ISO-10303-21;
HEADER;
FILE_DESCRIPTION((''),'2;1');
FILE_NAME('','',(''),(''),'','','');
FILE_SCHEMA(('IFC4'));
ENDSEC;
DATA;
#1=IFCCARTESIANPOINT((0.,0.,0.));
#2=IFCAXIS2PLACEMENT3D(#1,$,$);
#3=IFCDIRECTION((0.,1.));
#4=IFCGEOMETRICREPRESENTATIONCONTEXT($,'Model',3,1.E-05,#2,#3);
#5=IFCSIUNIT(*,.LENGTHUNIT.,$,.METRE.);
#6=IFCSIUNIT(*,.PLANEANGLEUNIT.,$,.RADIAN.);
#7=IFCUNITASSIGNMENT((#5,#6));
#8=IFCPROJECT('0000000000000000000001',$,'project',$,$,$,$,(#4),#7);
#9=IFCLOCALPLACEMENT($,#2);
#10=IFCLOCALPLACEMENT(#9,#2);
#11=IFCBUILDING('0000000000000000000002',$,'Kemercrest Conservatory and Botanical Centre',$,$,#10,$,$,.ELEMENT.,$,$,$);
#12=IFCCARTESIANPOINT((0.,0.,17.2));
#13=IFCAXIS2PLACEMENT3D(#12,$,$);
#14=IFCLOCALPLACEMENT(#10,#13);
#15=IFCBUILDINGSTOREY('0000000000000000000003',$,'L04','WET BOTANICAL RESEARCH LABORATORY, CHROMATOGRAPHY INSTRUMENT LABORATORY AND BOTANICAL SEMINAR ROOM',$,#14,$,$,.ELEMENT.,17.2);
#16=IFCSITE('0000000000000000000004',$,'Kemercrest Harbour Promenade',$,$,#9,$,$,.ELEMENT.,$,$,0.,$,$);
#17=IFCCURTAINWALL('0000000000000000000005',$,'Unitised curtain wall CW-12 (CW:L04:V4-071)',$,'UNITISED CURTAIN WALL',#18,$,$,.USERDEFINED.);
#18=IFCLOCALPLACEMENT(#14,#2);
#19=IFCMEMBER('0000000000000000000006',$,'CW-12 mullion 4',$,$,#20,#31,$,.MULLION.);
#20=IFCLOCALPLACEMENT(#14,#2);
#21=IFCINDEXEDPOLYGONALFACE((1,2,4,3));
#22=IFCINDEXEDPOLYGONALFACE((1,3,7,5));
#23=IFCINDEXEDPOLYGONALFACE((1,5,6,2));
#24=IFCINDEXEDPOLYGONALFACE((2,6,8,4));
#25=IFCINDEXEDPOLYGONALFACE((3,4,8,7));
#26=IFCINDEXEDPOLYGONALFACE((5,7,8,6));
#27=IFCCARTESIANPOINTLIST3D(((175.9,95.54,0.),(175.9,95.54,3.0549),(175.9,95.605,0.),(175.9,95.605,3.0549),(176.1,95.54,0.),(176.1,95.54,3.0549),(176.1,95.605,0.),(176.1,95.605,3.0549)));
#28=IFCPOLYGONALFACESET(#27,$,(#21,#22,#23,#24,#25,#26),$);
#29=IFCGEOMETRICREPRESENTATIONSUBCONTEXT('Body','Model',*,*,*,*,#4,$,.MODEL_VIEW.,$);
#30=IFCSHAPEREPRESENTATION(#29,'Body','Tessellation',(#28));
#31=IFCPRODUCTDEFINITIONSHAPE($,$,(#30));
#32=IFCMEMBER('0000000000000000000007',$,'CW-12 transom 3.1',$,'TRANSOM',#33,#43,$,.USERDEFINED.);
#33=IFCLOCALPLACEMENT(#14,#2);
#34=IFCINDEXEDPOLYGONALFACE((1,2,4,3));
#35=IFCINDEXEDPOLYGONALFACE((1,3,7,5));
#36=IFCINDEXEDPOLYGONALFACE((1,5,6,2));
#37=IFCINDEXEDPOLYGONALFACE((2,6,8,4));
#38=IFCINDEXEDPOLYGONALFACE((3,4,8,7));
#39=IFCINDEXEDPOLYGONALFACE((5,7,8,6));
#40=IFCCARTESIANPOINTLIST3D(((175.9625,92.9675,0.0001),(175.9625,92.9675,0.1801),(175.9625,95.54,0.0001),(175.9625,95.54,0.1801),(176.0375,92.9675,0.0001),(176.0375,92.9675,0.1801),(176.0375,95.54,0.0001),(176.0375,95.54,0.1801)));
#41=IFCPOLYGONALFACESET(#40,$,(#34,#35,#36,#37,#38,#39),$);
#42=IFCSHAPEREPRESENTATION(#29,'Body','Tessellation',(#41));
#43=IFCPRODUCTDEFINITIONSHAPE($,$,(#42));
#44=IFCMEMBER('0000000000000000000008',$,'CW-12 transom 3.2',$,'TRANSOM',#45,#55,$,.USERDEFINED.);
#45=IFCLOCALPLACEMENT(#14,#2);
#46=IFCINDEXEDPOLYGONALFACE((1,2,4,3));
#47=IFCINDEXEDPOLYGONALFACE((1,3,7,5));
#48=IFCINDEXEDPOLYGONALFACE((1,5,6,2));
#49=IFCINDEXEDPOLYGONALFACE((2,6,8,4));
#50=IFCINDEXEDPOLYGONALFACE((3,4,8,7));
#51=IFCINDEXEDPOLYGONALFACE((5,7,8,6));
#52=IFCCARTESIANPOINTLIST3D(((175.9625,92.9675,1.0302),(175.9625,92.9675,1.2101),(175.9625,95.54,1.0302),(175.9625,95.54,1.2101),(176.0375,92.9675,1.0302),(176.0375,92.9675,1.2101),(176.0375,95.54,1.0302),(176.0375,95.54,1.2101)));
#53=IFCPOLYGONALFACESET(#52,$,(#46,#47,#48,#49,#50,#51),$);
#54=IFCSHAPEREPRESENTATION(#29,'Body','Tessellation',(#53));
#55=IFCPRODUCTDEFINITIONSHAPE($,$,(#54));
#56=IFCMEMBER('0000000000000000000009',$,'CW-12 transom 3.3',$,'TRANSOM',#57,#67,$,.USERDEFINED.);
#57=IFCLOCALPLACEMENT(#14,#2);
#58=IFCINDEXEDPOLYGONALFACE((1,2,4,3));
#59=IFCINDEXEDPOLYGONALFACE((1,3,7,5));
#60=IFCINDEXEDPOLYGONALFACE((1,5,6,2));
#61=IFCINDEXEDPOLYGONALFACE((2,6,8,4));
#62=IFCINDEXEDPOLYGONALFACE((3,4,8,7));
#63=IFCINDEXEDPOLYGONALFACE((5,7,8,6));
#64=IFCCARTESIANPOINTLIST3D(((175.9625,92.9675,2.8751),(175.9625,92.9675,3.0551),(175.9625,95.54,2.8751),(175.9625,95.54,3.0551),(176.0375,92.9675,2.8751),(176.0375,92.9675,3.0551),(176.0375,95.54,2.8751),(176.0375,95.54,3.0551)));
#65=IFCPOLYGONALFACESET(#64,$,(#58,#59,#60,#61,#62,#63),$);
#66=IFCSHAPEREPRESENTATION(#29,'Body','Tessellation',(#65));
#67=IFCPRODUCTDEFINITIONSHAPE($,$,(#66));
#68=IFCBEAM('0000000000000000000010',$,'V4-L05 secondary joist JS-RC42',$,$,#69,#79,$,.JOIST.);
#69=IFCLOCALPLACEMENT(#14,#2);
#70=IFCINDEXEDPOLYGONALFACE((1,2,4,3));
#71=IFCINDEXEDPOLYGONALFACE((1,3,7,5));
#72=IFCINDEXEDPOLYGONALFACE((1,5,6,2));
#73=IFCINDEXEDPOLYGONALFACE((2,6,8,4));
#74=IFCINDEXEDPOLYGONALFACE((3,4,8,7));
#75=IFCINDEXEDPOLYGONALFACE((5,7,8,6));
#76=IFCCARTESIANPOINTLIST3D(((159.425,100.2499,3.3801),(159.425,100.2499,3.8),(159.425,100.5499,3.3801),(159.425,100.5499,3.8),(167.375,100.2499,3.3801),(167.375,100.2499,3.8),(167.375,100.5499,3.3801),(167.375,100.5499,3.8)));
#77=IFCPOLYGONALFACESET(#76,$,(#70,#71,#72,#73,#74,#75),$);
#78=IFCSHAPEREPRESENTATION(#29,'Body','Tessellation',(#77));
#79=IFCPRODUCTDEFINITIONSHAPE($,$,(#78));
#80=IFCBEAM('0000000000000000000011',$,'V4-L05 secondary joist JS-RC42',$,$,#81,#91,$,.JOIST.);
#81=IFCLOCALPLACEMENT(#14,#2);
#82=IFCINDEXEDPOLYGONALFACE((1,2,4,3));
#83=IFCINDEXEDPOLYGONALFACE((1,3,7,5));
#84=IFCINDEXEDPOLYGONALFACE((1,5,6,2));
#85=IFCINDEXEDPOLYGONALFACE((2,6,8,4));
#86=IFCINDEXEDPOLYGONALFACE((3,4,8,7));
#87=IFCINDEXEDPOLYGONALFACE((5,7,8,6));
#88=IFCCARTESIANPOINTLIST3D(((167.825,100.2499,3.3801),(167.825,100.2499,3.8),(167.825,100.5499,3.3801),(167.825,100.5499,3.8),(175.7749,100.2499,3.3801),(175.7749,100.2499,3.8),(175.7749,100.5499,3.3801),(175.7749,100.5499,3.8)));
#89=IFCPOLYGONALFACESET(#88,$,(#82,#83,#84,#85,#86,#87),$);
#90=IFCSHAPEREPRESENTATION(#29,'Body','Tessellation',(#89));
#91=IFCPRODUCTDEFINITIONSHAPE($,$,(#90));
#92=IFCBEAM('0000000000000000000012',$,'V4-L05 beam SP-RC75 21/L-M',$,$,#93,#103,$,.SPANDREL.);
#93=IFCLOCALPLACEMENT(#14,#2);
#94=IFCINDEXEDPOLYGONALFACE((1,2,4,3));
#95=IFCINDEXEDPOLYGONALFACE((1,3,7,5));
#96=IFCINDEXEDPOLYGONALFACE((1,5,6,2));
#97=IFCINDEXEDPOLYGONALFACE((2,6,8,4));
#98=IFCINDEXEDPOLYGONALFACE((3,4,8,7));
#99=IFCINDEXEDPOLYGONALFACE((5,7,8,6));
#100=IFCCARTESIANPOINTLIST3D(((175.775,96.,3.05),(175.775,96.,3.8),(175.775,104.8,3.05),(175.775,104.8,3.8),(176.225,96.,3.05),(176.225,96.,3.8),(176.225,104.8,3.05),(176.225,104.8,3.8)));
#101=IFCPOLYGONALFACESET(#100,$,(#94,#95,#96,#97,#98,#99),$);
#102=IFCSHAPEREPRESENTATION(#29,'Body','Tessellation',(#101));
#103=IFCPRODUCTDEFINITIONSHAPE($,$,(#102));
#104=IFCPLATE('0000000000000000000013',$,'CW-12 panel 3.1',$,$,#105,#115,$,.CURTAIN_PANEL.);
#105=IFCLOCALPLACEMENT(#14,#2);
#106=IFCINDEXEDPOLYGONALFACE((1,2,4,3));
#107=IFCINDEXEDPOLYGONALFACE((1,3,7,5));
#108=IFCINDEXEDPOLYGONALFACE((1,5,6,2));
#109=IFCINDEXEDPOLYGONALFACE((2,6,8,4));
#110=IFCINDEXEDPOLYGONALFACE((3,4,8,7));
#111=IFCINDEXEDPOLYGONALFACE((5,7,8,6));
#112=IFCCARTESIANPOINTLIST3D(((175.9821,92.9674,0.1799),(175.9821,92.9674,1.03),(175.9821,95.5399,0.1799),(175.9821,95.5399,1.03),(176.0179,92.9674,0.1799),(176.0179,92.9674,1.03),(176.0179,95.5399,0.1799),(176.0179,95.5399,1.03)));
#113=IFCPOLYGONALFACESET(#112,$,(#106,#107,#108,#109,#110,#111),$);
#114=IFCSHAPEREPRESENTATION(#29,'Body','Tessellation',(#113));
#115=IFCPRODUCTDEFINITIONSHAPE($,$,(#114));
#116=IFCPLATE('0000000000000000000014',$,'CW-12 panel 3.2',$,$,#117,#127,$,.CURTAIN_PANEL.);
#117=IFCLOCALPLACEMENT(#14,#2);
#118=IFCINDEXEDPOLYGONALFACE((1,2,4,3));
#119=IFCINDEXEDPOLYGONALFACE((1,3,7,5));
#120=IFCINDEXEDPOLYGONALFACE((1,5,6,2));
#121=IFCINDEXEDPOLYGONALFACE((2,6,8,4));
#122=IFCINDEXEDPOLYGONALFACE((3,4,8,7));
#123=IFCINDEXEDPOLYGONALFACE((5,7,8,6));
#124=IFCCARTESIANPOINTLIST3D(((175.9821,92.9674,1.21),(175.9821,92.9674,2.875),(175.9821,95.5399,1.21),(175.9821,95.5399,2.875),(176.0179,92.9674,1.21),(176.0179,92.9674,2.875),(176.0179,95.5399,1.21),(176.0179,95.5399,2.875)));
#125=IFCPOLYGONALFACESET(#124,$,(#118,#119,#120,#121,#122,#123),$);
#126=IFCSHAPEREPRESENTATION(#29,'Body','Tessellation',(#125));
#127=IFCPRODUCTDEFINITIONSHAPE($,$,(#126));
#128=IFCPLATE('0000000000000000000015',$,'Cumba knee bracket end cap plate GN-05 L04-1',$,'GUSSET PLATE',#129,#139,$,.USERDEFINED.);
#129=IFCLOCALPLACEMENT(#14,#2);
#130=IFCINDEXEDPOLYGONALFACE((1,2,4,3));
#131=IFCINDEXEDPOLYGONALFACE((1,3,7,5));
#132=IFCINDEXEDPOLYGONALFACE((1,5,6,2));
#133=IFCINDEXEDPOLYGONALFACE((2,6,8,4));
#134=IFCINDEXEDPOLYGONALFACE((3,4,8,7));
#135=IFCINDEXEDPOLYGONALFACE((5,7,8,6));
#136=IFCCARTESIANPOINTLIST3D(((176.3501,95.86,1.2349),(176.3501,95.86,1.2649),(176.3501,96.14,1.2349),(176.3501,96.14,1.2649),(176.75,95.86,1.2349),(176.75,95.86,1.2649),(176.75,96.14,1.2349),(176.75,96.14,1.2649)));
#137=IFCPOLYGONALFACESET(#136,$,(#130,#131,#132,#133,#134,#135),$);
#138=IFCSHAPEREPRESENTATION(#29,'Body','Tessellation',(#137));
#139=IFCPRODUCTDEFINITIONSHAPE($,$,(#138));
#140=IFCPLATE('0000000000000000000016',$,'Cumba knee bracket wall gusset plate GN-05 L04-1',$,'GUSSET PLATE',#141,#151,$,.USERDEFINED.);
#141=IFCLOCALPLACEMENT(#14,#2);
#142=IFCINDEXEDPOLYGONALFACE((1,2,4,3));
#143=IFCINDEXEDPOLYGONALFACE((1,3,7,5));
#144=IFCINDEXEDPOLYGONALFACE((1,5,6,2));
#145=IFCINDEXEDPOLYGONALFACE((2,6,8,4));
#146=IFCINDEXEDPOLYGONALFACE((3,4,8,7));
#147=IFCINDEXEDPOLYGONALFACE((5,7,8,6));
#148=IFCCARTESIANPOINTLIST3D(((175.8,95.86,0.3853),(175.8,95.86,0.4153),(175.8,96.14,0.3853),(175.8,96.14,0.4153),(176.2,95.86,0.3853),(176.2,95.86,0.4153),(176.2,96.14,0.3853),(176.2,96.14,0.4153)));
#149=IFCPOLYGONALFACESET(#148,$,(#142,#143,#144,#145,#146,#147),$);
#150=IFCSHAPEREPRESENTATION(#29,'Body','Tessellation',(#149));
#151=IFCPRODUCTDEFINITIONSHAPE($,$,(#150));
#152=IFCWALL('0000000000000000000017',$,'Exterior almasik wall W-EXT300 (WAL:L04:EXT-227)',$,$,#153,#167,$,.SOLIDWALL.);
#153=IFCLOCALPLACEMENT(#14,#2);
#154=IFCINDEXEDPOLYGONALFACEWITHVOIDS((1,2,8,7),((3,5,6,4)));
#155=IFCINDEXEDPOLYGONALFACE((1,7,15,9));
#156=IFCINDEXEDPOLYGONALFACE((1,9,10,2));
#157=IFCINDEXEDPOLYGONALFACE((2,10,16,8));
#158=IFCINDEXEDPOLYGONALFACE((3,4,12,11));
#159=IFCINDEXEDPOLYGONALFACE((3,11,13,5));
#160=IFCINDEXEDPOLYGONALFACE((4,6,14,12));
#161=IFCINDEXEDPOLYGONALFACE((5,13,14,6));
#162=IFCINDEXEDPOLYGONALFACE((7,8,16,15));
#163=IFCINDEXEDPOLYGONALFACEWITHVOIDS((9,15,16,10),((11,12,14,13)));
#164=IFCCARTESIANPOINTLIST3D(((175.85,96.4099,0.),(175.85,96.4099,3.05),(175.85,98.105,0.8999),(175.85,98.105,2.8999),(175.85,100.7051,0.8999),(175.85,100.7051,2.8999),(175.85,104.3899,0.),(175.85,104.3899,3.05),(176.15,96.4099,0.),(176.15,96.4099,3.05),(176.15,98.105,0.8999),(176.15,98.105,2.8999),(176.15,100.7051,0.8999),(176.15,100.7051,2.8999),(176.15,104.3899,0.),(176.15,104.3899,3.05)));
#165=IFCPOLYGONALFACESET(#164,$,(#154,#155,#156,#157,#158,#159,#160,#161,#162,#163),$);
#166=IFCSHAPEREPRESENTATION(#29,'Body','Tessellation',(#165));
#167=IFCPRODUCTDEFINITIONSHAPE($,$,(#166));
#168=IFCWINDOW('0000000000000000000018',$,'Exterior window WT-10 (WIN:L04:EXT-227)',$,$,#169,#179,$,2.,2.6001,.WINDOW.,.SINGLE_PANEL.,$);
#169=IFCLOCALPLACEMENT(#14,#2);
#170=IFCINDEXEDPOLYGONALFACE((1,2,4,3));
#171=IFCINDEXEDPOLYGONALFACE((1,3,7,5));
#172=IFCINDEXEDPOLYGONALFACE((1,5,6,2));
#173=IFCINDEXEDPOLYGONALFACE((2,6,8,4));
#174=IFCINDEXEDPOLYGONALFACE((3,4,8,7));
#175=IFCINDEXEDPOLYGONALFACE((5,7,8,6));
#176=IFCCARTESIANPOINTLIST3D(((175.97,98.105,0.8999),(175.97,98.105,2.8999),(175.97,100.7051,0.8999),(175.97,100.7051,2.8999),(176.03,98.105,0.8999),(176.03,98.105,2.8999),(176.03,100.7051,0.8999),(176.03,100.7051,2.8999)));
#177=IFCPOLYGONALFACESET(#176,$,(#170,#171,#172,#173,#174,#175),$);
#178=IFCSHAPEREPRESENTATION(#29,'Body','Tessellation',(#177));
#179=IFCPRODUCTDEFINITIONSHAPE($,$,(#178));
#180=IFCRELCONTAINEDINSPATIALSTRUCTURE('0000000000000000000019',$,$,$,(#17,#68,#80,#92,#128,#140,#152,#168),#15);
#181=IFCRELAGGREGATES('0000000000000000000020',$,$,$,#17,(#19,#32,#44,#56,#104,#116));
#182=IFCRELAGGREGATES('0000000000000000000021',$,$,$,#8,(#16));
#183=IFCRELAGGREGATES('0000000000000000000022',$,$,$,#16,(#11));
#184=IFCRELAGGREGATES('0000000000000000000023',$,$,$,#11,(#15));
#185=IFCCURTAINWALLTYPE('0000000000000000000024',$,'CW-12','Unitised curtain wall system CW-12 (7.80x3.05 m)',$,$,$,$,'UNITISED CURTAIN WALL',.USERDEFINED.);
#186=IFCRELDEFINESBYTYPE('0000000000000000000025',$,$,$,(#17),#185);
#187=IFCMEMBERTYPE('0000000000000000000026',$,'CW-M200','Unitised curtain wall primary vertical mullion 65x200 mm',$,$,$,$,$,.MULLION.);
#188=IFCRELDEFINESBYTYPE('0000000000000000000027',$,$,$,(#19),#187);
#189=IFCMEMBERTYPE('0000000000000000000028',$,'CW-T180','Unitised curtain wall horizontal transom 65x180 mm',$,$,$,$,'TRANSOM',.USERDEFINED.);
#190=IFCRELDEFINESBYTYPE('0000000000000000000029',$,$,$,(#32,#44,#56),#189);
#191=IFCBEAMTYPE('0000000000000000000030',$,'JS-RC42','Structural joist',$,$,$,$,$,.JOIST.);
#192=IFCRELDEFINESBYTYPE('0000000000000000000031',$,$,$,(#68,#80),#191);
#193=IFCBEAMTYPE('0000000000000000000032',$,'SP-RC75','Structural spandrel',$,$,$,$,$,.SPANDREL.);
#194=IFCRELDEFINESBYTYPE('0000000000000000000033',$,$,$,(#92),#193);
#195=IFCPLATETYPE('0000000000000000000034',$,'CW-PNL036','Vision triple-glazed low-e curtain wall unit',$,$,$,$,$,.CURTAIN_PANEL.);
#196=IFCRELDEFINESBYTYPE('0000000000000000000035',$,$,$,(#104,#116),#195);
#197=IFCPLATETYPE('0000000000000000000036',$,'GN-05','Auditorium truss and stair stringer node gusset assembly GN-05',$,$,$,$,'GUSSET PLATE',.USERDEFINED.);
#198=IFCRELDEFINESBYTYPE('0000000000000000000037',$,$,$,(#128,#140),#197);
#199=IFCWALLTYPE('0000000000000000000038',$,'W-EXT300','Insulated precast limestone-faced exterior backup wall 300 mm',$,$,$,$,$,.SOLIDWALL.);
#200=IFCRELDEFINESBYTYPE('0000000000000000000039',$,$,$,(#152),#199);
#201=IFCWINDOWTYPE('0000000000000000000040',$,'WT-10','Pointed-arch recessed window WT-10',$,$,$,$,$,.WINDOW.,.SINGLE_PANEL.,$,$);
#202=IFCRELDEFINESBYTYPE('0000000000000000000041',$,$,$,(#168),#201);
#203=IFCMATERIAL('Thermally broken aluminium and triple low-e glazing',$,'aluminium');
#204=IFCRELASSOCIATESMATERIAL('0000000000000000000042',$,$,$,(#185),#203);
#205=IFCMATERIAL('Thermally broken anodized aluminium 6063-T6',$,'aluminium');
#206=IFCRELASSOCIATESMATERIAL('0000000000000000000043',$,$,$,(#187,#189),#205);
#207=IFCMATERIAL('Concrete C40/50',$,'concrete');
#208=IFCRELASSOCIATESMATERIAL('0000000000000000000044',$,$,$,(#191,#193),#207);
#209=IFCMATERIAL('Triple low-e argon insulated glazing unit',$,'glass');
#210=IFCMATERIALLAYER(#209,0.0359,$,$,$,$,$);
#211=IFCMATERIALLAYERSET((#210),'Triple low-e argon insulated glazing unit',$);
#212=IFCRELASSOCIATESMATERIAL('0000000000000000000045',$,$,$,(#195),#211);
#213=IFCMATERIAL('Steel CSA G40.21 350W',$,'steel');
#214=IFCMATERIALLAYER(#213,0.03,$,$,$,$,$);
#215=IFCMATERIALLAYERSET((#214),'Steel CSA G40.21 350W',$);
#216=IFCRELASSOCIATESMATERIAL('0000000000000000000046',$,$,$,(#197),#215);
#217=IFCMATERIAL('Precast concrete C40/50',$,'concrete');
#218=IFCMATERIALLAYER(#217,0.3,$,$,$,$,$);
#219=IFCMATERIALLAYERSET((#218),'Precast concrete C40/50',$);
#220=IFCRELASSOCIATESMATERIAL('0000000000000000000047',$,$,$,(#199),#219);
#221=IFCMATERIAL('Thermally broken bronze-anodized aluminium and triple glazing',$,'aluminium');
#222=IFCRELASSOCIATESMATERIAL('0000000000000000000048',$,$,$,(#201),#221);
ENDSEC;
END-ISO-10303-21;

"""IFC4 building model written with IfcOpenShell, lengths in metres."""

from ifc_helpers import new_model, si_unit, direction, frame, frame_2d, origin, origin_2d, place, context, subcontext, project, spatial, rectangle, extrude, material, layer, layer_set, material_profile, profile_set, type_object, element, fill, aggregate, save


model = new_model("IFC4")

# Units and contexts
model_context = context("Model", 3, precision=1e-05, world=origin(), true_north=direction((0.0, 1.0)))
body_context = subcontext(model_context, "Body", "Model", "MODEL_VIEW")
ifc_project = project(units=[si_unit("LENGTHUNIT", "METRE"), si_unit("PLANEANGLEUNIT", "RADIAN")], contexts=[model_context])

# Site, building, storey
site_placement = place(None, origin())
site = spatial("IfcSite", under=ifc_project, at=site_placement, Name="Kemercrest Harbour Promenade", CompositionType="ELEMENT", RefElevation=0.0)
building_placement = place(site_placement, origin())
building = spatial("IfcBuilding", under=site, at=building_placement, Name="Kemercrest Conservatory and Botanical Centre", CompositionType="ELEMENT")
storey_placement = place(building_placement, frame((0.0, 0.0, 17.2)))
storey = spatial("IfcBuildingStorey", under=building, at=storey_placement, Name="L04", Description="WET BOTANICAL RESEARCH LABORATORY, CHROMATOGRAPHY INSTRUMENT LABORATORY AND BOTANICAL SEMINAR ROOM", CompositionType="ELEMENT", Elevation=17.2)

# Shared definitions
ifc_material_1 = material(Name="Concrete C40/50", Category="concrete")

# Shared definitions
ifc_material_2 = material(Name="Steel CSA G40.21 350W", Category="steel")

# Curtain wall, members
ifc_material_3 = material(Name="Thermally broken aluminium and triple low-e glazing", Category="aluminium")
curtain_wall_type = type_object("IfcCurtainWallType", Name="CW-12", Description="Unitised curtain wall system CW-12 (7.80x3.05 m)", ElementType="UNITISED CURTAIN WALL", PredefinedType="USERDEFINED", material=ifc_material_3)
curtain_wall_placement = place(storey_placement, origin())
curtain_wall = element("IfcCurtainWall", 1, at=curtain_wall_placement, inside=storey, type_object=curtain_wall_type, Name="Unitised curtain wall CW-12 (CW:L04:V4-071)", ObjectType="UNITISED CURTAIN WALL", PredefinedType="USERDEFINED")
ifc_material_4 = material(Name="Thermally broken anodized aluminium 6063-T6", Category="aluminium")
ifc_material_profile_1 = material_profile(ifc_material_4, rectangle(XDim=0.2, YDim=0.0649, at=origin_2d()), Name="AL MULLION 65x200")
ifc_profile_set_1 = profile_set([ifc_material_profile_1], Name="Thermally broken anodized aluminium 6063-T6")
member_type_1 = type_object("IfcMemberType", Name="CW-M200", Description="Unitised curtain wall primary vertical mullion 65x200 mm", PredefinedType="MULLION", material=ifc_profile_set_1)
member_1_placement = place(storey_placement, frame((176.0, 95.5725, 0.0), z_axis=(0.0, 0.0, 1.0), x_axis=(-1.0, 0.0, 0.0)))
member_1 = element("IfcMember", 2, at=member_1_placement, type_object=member_type_1, Name="CW-12 mullion 4", PredefinedType="MULLION", context=body_context, shape_type="SweptSolid", body=[
    extrude(rectangle(XDim=0.2, YDim=0.0649, at=origin_2d()), origin(), (0.0, 0.0, 1.0), 3.0549),
])
ifc_material_profile_2 = material_profile(ifc_material_4, rectangle(XDim=0.075, YDim=0.1799, at=origin_2d()), Name="AL TRANSOM 75x180")
ifc_profile_set_2 = profile_set([ifc_material_profile_2], Name="Thermally broken anodized aluminium 6063-T6")
member_type_2 = type_object("IfcMemberType", Name="CW-T180", Description="Unitised curtain wall horizontal transom 65x180 mm", ElementType="TRANSOM", PredefinedType="USERDEFINED", material=ifc_profile_set_2)
member_2_placement = place(storey_placement, frame((176.0, 92.9675, 0.0901), z_axis=(0.0, 1.0, 0.0), x_axis=(-1.0, 0.0, 0.0)))
member_2 = element("IfcMember", 3, at=member_2_placement, type_object=member_type_2, Name="CW-12 transom 3.1", ObjectType="TRANSOM", PredefinedType="USERDEFINED", context=body_context, shape_type="SweptSolid", body=[
    extrude(rectangle(XDim=0.075, YDim=0.1799, at=origin_2d()), origin(), (0.0, 0.0, 1.0), 2.5725),
])
member_3_placement = place(storey_placement, frame((176.0, 92.9675, 1.1201), z_axis=(0.0, 1.0, 0.0), x_axis=(-1.0, 0.0, 0.0)))
member_3 = element("IfcMember", 4, at=member_3_placement, type_object=member_type_2, Name="CW-12 transom 3.2", ObjectType="TRANSOM", PredefinedType="USERDEFINED", context=body_context, shape_type="SweptSolid", body=[
    extrude(rectangle(XDim=0.075, YDim=0.1799, at=origin_2d()), origin(), (0.0, 0.0, 1.0), 2.5725),
])
member_4_placement = place(storey_placement, frame((176.0, 92.9675, 2.9651), z_axis=(0.0, 1.0, 0.0), x_axis=(-1.0, 0.0, 0.0)))
member_4 = element("IfcMember", 5, at=member_4_placement, type_object=member_type_2, Name="CW-12 transom 3.3", ObjectType="TRANSOM", PredefinedType="USERDEFINED", context=body_context, shape_type="SweptSolid", body=[
    extrude(rectangle(XDim=0.075, YDim=0.1799, at=origin_2d()), origin(), (0.0, 0.0, 1.0), 2.5725),
])

# Beams
ifc_material_profile_3 = material_profile(ifc_material_1, rectangle(XDim=0.3, YDim=0.4199, at=origin_2d()), Name="RC 300x420")
ifc_profile_set_3 = profile_set([ifc_material_profile_3], Name="Concrete C40/50")
beam_type_1 = type_object("IfcBeamType", Name="JS-RC42", Description="Structural joist", PredefinedType="JOIST", material=ifc_profile_set_3)
for number, where, z_axis, x_axis, name in (
    (6, (159.425, 100.3999, 3.5901), (1.0, 0.0, 0.0), (0.0, 1.0, 0.0), "V4-L05 secondary joist JS-RC42"),
    (7, (167.825, 100.3999, 3.5901), (1.0, 0.0, 0.0), (0.0, 1.0, 0.0), "V4-L05 secondary joist JS-RC42"),
):
    element("IfcBeam", number, at=place(storey_placement, frame(where, z_axis=z_axis, x_axis=x_axis)), inside=storey, type_object=beam_type_1, Name=name, PredefinedType="JOIST", context=body_context, shape_type="SweptSolid", body=[
        extrude(rectangle(XDim=0.3, YDim=0.4199, at=origin_2d()), origin(), (0.0, 0.0, 1.0), 7.95),
    ])
ifc_material_profile_4 = material_profile(ifc_material_1, rectangle(XDim=0.45, YDim=0.75, at=origin_2d()), Name="RC 450x750")
ifc_profile_set_4 = profile_set([ifc_material_profile_4], Name="Concrete C40/50")
beam_type_2 = type_object("IfcBeamType", Name="SP-RC75", Description="Structural spandrel", PredefinedType="SPANDREL", material=ifc_profile_set_4)
beam_1_placement = place(storey_placement, frame((176.0, 96.0, 3.425), z_axis=(0.0, 1.0, 0.0), x_axis=(-1.0, 0.0, 0.0)))
element("IfcBeam", 8, at=beam_1_placement, inside=storey, type_object=beam_type_2, Name="V4-L05 beam SP-RC75 21/L-M", PredefinedType="SPANDREL", context=body_context, shape_type="SweptSolid", body=[
    extrude(rectangle(XDim=0.45, YDim=0.75, at=origin_2d()), origin(), (0.0, 0.0, 1.0), 8.8),
])

# Plates
ifc_material_5 = material(Name="Triple low-e argon insulated glazing unit", Category="glass")
ifc_layer_1 = layer(ifc_material_5, 0.0359)
ifc_layer_set_1 = layer_set([ifc_layer_1], Name="Triple low-e argon insulated glazing unit")
plate_type_1 = type_object("IfcPlateType", Name="CW-PNL036", Description="Vision triple-glazed low-e curtain wall unit", PredefinedType="CURTAIN_PANEL", material=ifc_layer_set_1)
plate_1_placement = place(storey_placement, frame((176.0, 94.2537, 0.1799), z_axis=(0.0, 0.0, 1.0), x_axis=(0.0, 1.0, 0.0)))
plate_1 = element("IfcPlate", 9, at=plate_1_placement, type_object=plate_type_1, Name="CW-12 panel 3.1", PredefinedType="CURTAIN_PANEL", context=body_context, shape_type="SweptSolid", body=[
    extrude(rectangle(XDim=2.5725, YDim=0.0359, at=origin_2d()), origin(), (0.0, 0.0, 1.0), 0.8501),
])
plate_2_placement = place(storey_placement, frame((176.0, 94.2537, 1.21), z_axis=(0.0, 0.0, 1.0), x_axis=(0.0, 1.0, 0.0)))
plate_2 = element("IfcPlate", 10, at=plate_2_placement, type_object=plate_type_1, Name="CW-12 panel 3.2", PredefinedType="CURTAIN_PANEL", context=body_context, shape_type="SweptSolid", body=[
    extrude(rectangle(XDim=2.5725, YDim=0.0359, at=origin_2d()), origin(), (0.0, 0.0, 1.0), 1.665),
])
aggregate(curtain_wall, [member_1, member_2, member_3, member_4, plate_1, plate_2])

# Plates
ifc_layer_2 = layer(ifc_material_2, 0.03)
ifc_layer_set_2 = layer_set([ifc_layer_2], Name="Steel CSA G40.21 350W")
plate_type_2 = type_object("IfcPlateType", Name="GN-05", Description="Auditorium truss and stair stringer node gusset assembly GN-05", ElementType="GUSSET PLATE", PredefinedType="USERDEFINED", material=ifc_layer_set_2)
for number, where, z_axis, x_axis, name in (
    (11, (176.55, 96.0, 1.2349), (0.0, 0.0, 1.0), (1.0, 0.0, 0.0), "Cumba knee bracket end cap plate GN-05 L04-1"),
    (12, (176.0, 96.0, 0.3853), (0.0, 0.0, 1.0), (1.0, 0.0, 0.0), "Cumba knee bracket wall gusset plate GN-05 L04-1"),
):
    element("IfcPlate", number, at=place(storey_placement, frame(where, z_axis=z_axis, x_axis=x_axis)), inside=storey, type_object=plate_type_2, Name=name, ObjectType="GUSSET PLATE", PredefinedType="USERDEFINED", context=body_context, shape_type="SweptSolid", body=[
        extrude(rectangle(XDim=0.3999, YDim=0.28, at=origin_2d()), origin(), (0.0, 0.0, 1.0), 0.03),
    ])

# Wall, opening, window
ifc_material_6 = material(Name="Precast concrete C40/50", Category="concrete")
ifc_layer_3 = layer(ifc_material_6, 0.3)
ifc_layer_set_3 = layer_set([ifc_layer_3], Name="Precast concrete C40/50")
wall_type_1 = type_object("IfcWallType", Name="W-EXT300", Description="Insulated precast limestone-faced exterior backup wall 300 mm", PredefinedType="SOLIDWALL", material=ifc_layer_set_3)
wall_1_placement = place(storey_placement, frame((176.0, 96.4099, 0.0), z_axis=(0.0, 0.0, 1.0), x_axis=(0.0, 1.0, 0.0)))
wall_1 = element("IfcWall", 13, at=wall_1_placement, inside=storey, type_object=wall_type_1, Name="Exterior almasik wall W-EXT300 (WAL:L04:EXT-227)", PredefinedType="SOLIDWALL", context=body_context, shape_type="SweptSolid", body=[
    extrude(rectangle(XDim=7.98, YDim=0.3, at=frame_2d((3.99, 0.0))), origin(), (0.0, 0.0, 1.0), 3.05),
])
opening_1_placement = place(wall_1_placement, frame((1.6951, 0.0, 0.8999)))
opening_1 = element("IfcOpeningElement", 14, at=opening_1_placement, cuts=wall_1, PredefinedType="OPENING", context=body_context, shape_type="SweptSolid", body=[
    extrude(rectangle(XDim=2.6001, YDim=2.0, at=frame_2d((1.3, 1.0))), frame((0.0, 0.1602, 0.0), z_axis=(0.0, -1.0, 0.0), x_axis=(1.0, 0.0, 0.0)), (0.0, 0.0, 1.0), 0.3201),
])
ifc_material_7 = material(Name="Thermally broken bronze-anodized aluminium and triple glazing", Category="aluminium")
window_type = type_object("IfcWindowType", Name="WT-10", Description="Pointed-arch recessed window WT-10", PartitioningType="SINGLE_PANEL", PredefinedType="WINDOW", material=ifc_material_7)
window_placement = place(opening_1_placement, origin())
window = element("IfcWindow", 15, at=window_placement, inside=storey, type_object=window_type, Name="Exterior window WT-10 (WIN:L04:EXT-227)", OverallHeight=2.0, OverallWidth=2.6001, PartitioningType="SINGLE_PANEL", PredefinedType="WINDOW", context=body_context, shape_type="SweptSolid", body=[
    extrude(rectangle(XDim=2.6001, YDim=2.0, at=frame_2d((1.3, 1.0))), frame((0.0, 0.03, 0.0), z_axis=(0.0, -1.0, 0.0), x_axis=(1.0, 0.0, 0.0)), (0.0, 0.0, 1.0), 0.0601),
])
fill(opening_1, window)

save(model, "model.ifc")
